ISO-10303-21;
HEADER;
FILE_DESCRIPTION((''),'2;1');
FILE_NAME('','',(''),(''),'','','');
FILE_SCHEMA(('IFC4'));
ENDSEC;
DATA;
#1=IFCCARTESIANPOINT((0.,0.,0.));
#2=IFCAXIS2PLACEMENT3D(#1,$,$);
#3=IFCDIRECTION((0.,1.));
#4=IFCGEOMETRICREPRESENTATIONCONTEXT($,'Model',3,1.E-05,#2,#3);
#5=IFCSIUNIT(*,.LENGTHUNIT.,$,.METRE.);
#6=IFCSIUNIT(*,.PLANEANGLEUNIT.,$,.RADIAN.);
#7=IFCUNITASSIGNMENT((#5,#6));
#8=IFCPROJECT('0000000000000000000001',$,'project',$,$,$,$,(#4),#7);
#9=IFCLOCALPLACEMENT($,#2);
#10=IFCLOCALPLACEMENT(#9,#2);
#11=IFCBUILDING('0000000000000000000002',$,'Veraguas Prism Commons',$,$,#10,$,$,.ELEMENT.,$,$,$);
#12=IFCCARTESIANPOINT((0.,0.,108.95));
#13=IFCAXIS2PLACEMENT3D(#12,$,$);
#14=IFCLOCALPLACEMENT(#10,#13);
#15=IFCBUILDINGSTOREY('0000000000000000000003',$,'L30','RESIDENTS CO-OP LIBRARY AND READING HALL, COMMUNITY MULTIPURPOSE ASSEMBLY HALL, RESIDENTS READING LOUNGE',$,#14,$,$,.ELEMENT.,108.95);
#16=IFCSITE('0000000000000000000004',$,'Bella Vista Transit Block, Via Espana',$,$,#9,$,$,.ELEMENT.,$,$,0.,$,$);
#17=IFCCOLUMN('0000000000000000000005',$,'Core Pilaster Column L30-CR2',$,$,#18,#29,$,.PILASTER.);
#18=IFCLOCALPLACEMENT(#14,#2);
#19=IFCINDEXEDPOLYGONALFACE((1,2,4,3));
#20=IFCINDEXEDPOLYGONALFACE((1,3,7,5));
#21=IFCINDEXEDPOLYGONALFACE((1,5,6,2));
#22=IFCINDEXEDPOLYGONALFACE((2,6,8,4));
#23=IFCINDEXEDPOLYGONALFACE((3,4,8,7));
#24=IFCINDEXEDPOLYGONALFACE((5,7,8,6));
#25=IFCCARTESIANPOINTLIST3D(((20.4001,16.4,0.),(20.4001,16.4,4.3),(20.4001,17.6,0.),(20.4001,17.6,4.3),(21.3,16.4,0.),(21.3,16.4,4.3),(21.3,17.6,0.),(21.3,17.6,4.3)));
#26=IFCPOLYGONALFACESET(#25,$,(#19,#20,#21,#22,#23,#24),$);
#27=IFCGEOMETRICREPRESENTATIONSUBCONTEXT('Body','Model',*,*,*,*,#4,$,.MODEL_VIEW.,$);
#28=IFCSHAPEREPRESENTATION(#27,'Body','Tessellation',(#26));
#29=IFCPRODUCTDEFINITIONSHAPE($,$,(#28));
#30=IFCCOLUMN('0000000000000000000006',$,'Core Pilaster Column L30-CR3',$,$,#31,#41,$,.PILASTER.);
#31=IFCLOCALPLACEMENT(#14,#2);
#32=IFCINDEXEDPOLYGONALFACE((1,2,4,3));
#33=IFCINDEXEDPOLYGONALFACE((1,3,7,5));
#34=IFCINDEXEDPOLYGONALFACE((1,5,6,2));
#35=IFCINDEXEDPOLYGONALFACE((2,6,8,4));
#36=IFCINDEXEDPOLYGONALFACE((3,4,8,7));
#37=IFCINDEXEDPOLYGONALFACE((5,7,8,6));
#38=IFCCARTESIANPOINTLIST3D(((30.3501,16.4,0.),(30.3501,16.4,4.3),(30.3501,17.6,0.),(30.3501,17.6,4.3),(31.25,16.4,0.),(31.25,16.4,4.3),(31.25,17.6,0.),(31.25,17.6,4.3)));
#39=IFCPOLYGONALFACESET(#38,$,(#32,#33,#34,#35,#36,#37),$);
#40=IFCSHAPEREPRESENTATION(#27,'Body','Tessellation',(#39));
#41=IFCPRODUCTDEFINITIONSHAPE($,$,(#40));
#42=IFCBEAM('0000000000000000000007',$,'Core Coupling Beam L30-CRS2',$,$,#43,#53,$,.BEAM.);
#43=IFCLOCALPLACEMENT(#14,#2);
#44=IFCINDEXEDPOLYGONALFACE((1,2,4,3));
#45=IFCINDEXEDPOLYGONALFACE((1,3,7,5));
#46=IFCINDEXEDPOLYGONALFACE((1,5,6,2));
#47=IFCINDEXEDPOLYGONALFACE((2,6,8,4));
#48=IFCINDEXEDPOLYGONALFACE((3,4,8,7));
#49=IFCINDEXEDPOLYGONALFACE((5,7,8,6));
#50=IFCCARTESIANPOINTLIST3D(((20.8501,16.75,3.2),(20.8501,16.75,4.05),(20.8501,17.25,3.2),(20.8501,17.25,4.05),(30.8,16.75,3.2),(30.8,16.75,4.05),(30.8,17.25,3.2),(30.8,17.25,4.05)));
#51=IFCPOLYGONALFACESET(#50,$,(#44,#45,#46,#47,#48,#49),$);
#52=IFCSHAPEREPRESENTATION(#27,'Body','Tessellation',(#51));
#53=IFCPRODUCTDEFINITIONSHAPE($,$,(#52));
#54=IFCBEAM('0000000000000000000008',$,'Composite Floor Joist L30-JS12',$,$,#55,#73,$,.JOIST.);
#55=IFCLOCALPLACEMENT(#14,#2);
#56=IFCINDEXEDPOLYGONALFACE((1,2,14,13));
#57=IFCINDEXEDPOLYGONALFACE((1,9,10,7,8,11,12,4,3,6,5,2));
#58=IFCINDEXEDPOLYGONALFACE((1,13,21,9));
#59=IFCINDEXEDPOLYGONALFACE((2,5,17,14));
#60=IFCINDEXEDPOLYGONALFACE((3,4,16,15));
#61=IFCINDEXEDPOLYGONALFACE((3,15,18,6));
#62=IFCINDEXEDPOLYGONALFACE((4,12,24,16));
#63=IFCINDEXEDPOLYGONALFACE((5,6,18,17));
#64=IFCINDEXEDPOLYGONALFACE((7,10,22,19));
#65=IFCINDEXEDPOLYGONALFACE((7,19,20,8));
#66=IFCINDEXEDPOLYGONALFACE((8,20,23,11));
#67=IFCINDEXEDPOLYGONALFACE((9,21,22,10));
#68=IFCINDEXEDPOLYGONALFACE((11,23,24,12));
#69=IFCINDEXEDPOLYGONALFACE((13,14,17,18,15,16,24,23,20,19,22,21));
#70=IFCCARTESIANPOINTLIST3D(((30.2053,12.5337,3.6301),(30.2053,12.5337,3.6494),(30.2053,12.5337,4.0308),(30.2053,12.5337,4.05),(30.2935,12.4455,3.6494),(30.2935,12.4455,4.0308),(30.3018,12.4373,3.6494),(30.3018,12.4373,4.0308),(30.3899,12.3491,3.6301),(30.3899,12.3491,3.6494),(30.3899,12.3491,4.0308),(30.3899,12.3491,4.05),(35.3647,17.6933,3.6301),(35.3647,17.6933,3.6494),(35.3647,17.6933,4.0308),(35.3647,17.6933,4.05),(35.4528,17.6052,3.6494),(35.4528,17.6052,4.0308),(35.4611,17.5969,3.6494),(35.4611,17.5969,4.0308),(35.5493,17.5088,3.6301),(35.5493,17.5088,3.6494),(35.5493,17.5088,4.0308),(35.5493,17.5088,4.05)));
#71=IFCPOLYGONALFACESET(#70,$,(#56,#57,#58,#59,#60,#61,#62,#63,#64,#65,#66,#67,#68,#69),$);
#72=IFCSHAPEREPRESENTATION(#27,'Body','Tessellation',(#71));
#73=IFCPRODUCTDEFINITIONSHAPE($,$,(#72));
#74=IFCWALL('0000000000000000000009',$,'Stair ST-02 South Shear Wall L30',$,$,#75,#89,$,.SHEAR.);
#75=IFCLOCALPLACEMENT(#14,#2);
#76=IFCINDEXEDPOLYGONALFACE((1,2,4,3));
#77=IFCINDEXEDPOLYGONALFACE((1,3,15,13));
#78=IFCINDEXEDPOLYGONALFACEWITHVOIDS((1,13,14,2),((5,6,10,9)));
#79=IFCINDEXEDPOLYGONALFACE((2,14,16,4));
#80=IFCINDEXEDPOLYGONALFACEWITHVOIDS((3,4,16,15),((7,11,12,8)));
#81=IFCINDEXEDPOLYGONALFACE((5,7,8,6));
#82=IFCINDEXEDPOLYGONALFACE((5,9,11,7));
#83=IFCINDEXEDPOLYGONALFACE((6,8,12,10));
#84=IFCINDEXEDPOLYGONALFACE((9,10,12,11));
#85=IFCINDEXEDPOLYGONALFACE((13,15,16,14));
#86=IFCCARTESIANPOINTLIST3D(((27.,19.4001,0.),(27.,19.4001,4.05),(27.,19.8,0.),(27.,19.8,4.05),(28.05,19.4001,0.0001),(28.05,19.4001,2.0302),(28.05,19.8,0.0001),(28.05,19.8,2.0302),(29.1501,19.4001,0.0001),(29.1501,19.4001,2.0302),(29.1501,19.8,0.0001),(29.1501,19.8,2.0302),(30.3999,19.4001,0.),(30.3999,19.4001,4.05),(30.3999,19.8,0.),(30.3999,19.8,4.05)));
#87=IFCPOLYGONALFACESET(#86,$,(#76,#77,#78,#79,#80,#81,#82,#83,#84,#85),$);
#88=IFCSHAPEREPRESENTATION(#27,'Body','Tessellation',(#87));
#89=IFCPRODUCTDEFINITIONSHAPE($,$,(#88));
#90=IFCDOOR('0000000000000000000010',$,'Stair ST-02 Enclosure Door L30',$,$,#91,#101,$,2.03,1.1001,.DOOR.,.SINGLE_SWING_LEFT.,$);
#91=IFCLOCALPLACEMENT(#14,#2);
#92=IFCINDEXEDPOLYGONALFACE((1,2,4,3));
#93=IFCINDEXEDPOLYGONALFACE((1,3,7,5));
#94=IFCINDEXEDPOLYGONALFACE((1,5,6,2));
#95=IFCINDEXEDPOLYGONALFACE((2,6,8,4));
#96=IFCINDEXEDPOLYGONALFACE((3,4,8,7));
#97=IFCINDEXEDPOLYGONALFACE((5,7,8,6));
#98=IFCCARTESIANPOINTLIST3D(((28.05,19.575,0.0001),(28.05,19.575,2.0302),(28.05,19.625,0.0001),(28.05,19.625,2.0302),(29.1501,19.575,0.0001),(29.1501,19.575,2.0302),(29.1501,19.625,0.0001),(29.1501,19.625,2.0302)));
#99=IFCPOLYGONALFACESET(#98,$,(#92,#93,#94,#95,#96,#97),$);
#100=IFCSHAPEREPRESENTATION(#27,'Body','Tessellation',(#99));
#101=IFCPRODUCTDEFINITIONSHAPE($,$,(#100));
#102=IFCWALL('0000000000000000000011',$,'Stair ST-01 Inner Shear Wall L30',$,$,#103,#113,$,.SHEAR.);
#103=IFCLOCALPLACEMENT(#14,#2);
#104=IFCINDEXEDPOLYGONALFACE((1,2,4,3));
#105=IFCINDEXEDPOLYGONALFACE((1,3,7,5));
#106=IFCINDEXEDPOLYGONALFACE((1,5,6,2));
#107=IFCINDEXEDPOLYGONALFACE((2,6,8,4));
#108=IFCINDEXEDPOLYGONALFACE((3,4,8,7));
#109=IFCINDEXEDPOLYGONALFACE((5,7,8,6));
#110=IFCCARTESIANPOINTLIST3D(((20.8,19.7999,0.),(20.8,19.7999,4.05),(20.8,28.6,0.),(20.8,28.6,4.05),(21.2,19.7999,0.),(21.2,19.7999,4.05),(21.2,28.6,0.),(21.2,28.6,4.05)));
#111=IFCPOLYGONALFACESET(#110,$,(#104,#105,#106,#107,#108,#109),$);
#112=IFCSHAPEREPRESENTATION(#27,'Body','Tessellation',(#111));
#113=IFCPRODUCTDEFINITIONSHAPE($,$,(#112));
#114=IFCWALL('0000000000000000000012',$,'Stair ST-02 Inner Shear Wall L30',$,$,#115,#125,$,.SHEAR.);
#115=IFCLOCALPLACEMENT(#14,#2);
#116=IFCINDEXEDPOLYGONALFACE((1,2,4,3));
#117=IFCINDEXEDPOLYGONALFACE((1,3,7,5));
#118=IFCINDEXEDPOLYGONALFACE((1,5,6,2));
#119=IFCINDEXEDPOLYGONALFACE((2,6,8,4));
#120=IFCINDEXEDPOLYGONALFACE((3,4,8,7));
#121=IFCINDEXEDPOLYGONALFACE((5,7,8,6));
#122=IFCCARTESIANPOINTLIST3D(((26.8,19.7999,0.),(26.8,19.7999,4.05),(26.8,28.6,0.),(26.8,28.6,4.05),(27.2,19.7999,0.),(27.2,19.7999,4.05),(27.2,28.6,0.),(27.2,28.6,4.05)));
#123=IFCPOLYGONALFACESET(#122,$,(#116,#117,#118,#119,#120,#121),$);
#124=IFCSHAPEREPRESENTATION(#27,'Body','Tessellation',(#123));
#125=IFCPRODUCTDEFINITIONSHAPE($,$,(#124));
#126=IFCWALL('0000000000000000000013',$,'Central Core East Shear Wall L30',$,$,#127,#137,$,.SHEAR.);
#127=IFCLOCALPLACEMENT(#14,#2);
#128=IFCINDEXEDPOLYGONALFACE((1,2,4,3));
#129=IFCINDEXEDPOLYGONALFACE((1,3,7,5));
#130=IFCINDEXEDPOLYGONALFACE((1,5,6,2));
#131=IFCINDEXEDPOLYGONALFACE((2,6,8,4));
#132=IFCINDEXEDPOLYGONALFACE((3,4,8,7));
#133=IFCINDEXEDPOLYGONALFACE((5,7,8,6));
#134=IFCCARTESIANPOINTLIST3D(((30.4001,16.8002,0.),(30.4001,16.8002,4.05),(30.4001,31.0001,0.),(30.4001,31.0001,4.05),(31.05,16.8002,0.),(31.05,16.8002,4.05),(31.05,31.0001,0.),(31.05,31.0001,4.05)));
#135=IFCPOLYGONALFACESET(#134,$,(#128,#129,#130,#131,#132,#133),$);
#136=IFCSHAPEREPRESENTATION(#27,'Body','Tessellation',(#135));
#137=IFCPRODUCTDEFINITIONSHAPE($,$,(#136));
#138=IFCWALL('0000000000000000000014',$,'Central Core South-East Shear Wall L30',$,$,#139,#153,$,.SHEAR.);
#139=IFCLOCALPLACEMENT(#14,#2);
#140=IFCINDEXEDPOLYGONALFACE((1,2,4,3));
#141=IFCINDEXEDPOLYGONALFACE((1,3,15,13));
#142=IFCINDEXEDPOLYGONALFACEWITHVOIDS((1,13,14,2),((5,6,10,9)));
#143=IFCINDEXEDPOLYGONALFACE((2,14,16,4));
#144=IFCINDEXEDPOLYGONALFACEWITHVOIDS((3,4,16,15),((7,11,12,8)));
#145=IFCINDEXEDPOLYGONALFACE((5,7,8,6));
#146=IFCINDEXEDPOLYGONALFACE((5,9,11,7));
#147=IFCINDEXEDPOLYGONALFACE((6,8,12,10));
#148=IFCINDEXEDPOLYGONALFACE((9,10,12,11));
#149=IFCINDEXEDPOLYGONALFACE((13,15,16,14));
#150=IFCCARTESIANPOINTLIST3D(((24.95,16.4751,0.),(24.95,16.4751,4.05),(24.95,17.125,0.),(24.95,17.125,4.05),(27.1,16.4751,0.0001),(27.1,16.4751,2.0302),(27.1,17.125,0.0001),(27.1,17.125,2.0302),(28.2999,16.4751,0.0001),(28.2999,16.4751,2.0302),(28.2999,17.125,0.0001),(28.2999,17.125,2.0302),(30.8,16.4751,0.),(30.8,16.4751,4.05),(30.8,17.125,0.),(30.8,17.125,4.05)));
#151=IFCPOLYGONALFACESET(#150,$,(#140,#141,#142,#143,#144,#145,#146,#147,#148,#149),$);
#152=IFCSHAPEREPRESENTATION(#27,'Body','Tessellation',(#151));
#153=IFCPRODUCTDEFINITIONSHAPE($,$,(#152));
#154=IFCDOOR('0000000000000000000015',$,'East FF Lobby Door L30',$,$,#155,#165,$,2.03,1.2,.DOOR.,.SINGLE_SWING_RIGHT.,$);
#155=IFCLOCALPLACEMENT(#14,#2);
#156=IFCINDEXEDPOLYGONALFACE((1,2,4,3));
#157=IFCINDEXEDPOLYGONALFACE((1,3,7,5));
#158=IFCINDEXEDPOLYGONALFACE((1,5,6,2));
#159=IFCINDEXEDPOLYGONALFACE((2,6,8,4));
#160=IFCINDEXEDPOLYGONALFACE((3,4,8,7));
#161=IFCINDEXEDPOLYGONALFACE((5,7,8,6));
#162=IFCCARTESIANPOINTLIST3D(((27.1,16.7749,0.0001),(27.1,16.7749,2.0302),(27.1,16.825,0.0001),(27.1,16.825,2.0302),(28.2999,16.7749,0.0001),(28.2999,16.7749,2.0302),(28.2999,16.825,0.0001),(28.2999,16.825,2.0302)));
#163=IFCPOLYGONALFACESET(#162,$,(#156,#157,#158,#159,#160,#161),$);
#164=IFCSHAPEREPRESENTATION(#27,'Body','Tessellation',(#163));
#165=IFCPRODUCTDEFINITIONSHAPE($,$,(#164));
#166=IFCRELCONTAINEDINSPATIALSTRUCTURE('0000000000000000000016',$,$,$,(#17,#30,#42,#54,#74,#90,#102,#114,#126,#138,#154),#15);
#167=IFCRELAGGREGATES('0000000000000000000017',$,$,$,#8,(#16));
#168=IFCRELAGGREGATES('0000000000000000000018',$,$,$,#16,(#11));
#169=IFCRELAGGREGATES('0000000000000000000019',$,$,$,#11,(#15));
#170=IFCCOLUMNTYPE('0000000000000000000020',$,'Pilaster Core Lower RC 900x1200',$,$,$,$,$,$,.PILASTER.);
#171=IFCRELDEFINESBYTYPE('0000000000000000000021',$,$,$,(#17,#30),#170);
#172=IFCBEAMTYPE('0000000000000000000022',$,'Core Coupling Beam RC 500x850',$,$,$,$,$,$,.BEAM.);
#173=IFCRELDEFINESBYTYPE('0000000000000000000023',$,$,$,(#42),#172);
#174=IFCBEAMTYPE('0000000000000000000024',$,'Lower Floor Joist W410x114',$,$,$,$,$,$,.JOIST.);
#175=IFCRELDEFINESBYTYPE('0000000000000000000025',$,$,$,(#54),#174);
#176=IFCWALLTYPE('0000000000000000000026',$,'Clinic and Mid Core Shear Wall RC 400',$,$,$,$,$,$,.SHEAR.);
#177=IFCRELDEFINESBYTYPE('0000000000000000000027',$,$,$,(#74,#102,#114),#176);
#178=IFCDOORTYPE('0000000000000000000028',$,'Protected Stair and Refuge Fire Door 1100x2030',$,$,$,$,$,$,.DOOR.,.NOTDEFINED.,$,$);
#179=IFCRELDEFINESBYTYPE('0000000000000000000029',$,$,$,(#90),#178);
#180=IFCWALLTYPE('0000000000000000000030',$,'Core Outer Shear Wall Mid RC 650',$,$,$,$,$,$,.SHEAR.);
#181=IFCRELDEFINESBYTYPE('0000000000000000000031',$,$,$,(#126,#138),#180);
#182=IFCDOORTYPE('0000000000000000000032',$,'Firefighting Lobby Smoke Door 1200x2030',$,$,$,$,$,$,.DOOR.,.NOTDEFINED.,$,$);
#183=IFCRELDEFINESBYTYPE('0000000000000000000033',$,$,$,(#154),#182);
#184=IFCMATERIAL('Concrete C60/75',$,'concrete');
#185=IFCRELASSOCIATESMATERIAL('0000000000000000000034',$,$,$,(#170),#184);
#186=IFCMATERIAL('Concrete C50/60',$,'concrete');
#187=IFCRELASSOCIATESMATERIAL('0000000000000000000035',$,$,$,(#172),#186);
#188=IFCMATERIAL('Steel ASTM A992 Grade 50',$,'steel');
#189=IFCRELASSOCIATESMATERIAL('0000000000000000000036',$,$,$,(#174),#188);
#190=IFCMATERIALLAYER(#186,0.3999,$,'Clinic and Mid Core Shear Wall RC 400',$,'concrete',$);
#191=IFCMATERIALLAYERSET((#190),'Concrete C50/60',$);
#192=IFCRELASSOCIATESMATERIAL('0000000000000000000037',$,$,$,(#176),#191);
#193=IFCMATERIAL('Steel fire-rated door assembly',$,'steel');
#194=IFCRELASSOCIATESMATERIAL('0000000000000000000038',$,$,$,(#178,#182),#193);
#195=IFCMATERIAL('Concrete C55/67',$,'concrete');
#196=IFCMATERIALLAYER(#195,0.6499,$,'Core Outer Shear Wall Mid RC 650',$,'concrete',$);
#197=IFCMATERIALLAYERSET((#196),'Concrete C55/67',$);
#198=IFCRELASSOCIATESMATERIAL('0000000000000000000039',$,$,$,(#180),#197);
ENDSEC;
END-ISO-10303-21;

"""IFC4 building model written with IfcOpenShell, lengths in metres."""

from ifc_helpers import new_model, si_unit, direction, frame, frame_2d, origin, origin_2d, place, context, subcontext, project, spatial, rectangle, i_section, extrude, source, transform, mapped, material, layer, layer_set, material_profile, profile_set, type_object, element, fill, save


model = new_model("IFC4")

# Units and contexts
model_context = context("Model", 3, precision=1e-05, world=origin(), true_north=direction((0.0, 1.0)))
body_context = subcontext(model_context, "Body", "Model", "MODEL_VIEW")
ifc_project = project(units=[si_unit("LENGTHUNIT", "METRE"), si_unit("PLANEANGLEUNIT", "RADIAN")], contexts=[model_context])

# Site, building, storey
site_placement = place(None, origin())
site = spatial("IfcSite", under=ifc_project, at=site_placement, Name="Bella Vista Transit Block, Via Espana", CompositionType="ELEMENT", RefElevation=0.0)
building_placement = place(site_placement, origin())
building = spatial("IfcBuilding", under=site, at=building_placement, Name="Veraguas Prism Commons", CompositionType="ELEMENT")
storey_placement = place(building_placement, frame((0.0, 0.0, 108.95)))
storey = spatial("IfcBuildingStorey", under=building, at=storey_placement, Name="L30", Description="RESIDENTS CO-OP LIBRARY AND READING HALL, COMMUNITY MULTIPURPOSE ASSEMBLY HALL, RESIDENTS READING LOUNGE", CompositionType="ELEMENT", Elevation=108.95)

# Columns
ifc_material_1 = material(Name="Concrete C60/75", Category="concrete")
ifc_material_profile_1 = material_profile(ifc_material_1, rectangle(XDim=0.8999, YDim=1.2, at=origin_2d()), Name="RC900X1200")
ifc_profile_set_1 = profile_set([ifc_material_profile_1], Name="Concrete C60/75")
column_type = type_object("IfcColumnType", Name="Pilaster Core Lower RC 900x1200", PredefinedType="PILASTER", material=ifc_profile_set_1)
for number, where, z_axis, x_axis, name in (
    (1, (20.8501, 17.0, 0.0), (0.0, 0.0, 1.0), (1.0, 0.0, 0.0), "Core Pilaster Column L30-CR2"),
    (2, (30.8, 17.0, 0.0), (0.0, 0.0, 1.0), (1.0, 0.0, 0.0), "Core Pilaster Column L30-CR3"),
):
    element("IfcColumn", number, at=place(storey_placement, frame(where, z_axis=z_axis, x_axis=x_axis)), inside=storey, type_object=column_type, Name=name, PredefinedType="PILASTER", context=body_context, shape_type="SweptSolid", body=[
        extrude(rectangle(XDim=0.8999, YDim=1.2, at=origin_2d()), origin(), (0.0, 0.0, 1.0), 4.3),
    ])

# Beams
ifc_material_2 = material(Name="Concrete C50/60", Category="concrete")
ifc_material_profile_2 = material_profile(ifc_material_2, rectangle(XDim=0.5, YDim=0.8501, at=origin_2d()), Name="RC500X850")
ifc_profile_set_2 = profile_set([ifc_material_profile_2], Name="Concrete C50/60")
beam_type_1 = type_object("IfcBeamType", Name="Core Coupling Beam RC 500x850", PredefinedType="BEAM", material=ifc_profile_set_2)
beam_1_placement = place(storey_placement, frame((20.8501, 17.0, 3.625), z_axis=(1.0, 0.0, 0.0), x_axis=(0.0, 1.0, 0.0)))
element("IfcBeam", 3, at=beam_1_placement, inside=storey, type_object=beam_type_1, Name="Core Coupling Beam L30-CRS2", PredefinedType="BEAM", context=body_context, shape_type="SweptSolid", body=[
    extrude(rectangle(XDim=0.5, YDim=0.8501, at=origin_2d()), origin(), (0.0, 0.0, 1.0), 9.95),
])
ifc_material_3 = material(Name="Steel ASTM A992 Grade 50", Category="steel")
ifc_material_profile_3 = material_profile(ifc_material_3, i_section(OverallWidth=0.261, OverallDepth=0.4199, WebThickness=0.0117, FlangeThickness=0.0193, at=origin_2d()), Name="W410X114")
ifc_profile_set_3 = profile_set([ifc_material_profile_3], Name="Steel ASTM A992 Grade 50")
beam_type_2 = type_object("IfcBeamType", Name="Lower Floor Joist W410x114", PredefinedType="JOIST", material=ifc_profile_set_3)
beam_2_placement = place(storey_placement, frame((30.2976, 12.4414, 3.8401), z_axis=(0.70709, 0.707124, 0.0), x_axis=(-0.707124, 0.70709, 0.0)))
element("IfcBeam", 4, at=beam_2_placement, inside=storey, type_object=beam_type_2, Name="Composite Floor Joist L30-JS12", PredefinedType="JOIST", context=body_context, shape_type="SweptSolid", body=[
    extrude(i_section(OverallWidth=0.261, OverallDepth=0.4199, WebThickness=0.0117, FlangeThickness=0.0193, at=origin_2d()), origin(), (0.0, 0.0, 1.0), 7.2966),
])

# Wall, opening, door
ifc_layer_1 = layer(ifc_material_2, 0.3999, Name="Clinic and Mid Core Shear Wall RC 400", Category="concrete")
ifc_layer_set_1 = layer_set([ifc_layer_1], Name="Concrete C50/60")
wall_type_1 = type_object("IfcWallType", Name="Clinic and Mid Core Shear Wall RC 400", PredefinedType="SHEAR", material=ifc_layer_set_1)
wall_1_placement = place(storey_placement, frame((27.0, 19.6001, 0.0), z_axis=(0.0, 0.0, 1.0), x_axis=(1.0, 0.0, 0.0)))
wall_1 = element("IfcWall", 5, at=wall_1_placement, inside=storey, type_object=wall_type_1, Name="Stair ST-02 South Shear Wall L30", PredefinedType="SHEAR", context=body_context, shape_type="SweptSolid", body=[
    extrude(rectangle(XDim=3.3999, YDim=0.3999, at=frame_2d((1.7, 0.0))), origin(), (0.0, 0.0, 1.0), 4.05),
])
opening_1_placement = place(wall_1_placement, frame((1.05, 0.0, 0.0)))
opening_1 = element("IfcOpeningElement", 6, at=opening_1_placement, cuts=wall_1, PredefinedType="OPENING", context=body_context, shape_type="SweptSolid", body=[
    extrude(rectangle(XDim=1.1001, YDim=2.03, at=frame_2d((0.55, 1.0151))), frame((0.0, 0.21, 0.0), z_axis=(0.0, -1.0, 0.0), x_axis=(1.0, 0.0, 0.0)), (0.0, 0.0, 1.0), 0.4199),
])
ifc_material_4 = material(Name="Steel fire-rated door assembly", Category="steel")
door_type_1 = type_object("IfcDoorType", Name="Protected Stair and Refuge Fire Door 1100x2030", OperationType="NOTDEFINED", PredefinedType="DOOR", material=ifc_material_4)
shared_shape_1 = source(origin(), body_context, "Body", "SweptSolid", [
    extrude(rectangle(XDim=1.1001, YDim=2.03, at=frame_2d((0.55, 1.0151))), frame((0.0, 0.0249, 0.0), z_axis=(0.0, -1.0, 0.0), x_axis=(1.0, 0.0, 0.0)), (0.0, 0.0, 1.0), 0.05),
])
door_1_placement = place(opening_1_placement, origin())
door_1 = element("IfcDoor", 7, at=door_1_placement, inside=storey, type_object=door_type_1, Name="Stair ST-02 Enclosure Door L30", OperationType="SINGLE_SWING_LEFT", OverallHeight=2.03, OverallWidth=1.1001, PredefinedType="DOOR", context=body_context, shape_type="MappedRepresentation", body=[
    mapped(shared_shape_1, transform((0.0, 0.0, 0.0), scale=1.0)),
])
fill(opening_1, door_1)

# Walls
for number, where, z_axis, x_axis, name in (
    (8, (21.0, 19.8, 0.0), (0.0, 0.0, 1.0), (0.0, 1.0, 0.0), "Stair ST-01 Inner Shear Wall L30"),
    (9, (27.0, 19.8, 0.0), (0.0, 0.0, 1.0), (0.0, 1.0, 0.0), "Stair ST-02 Inner Shear Wall L30"),
):
    element("IfcWall", number, at=place(storey_placement, frame(where, z_axis=z_axis, x_axis=x_axis)), inside=storey, type_object=wall_type_1, Name=name, PredefinedType="SHEAR", context=body_context, shape_type="SweptSolid", body=[
        extrude(rectangle(XDim=8.8, YDim=0.3999, at=frame_2d((4.3999, 0.0))), origin(), (0.0, 0.0, 1.0), 4.05),
    ])
ifc_material_5 = material(Name="Concrete C55/67", Category="concrete")
ifc_layer_2 = layer(ifc_material_5, 0.6499, Name="Core Outer Shear Wall Mid RC 650", Category="concrete")
ifc_layer_set_2 = layer_set([ifc_layer_2], Name="Concrete C55/67")
wall_type_2 = type_object("IfcWallType", Name="Core Outer Shear Wall Mid RC 650", PredefinedType="SHEAR", material=ifc_layer_set_2)
wall_2_placement = place(storey_placement, frame((30.7251, 16.8, 0.0), z_axis=(0.0, 0.0, 1.0), x_axis=(0.0, 1.0, 0.0)))
element("IfcWall", 10, at=wall_2_placement, inside=storey, type_object=wall_type_2, Name="Central Core East Shear Wall L30", PredefinedType="SHEAR", context=body_context, shape_type="SweptSolid", body=[
    extrude(rectangle(XDim=14.2, YDim=0.6499, at=frame_2d((7.1001, 0.0))), origin(), (0.0, 0.0, 1.0), 4.05),
])

# Wall, opening, door
wall_3_placement = place(storey_placement, frame((24.95, 16.8, 0.0), z_axis=(0.0, 0.0, 1.0), x_axis=(1.0, 0.0, 0.0)))
wall_3 = element("IfcWall", 11, at=wall_3_placement, inside=storey, type_object=wall_type_2, Name="Central Core South-East Shear Wall L30", PredefinedType="SHEAR", context=body_context, shape_type="SweptSolid", body=[
    extrude(rectangle(XDim=5.8501, YDim=0.6499, at=frame_2d((2.925, 0.0))), origin(), (0.0, 0.0, 1.0), 4.05),
])
opening_2_placement = place(wall_3_placement, frame((2.1499, 0.0, 0.0)))
opening_2 = element("IfcOpeningElement", 12, at=opening_2_placement, cuts=wall_3, PredefinedType="OPENING", context=body_context, shape_type="SweptSolid", body=[
    extrude(rectangle(XDim=1.2, YDim=2.03, at=frame_2d((0.6001, 1.0151))), frame((0.0, 0.335, 0.0), z_axis=(0.0, -1.0, 0.0), x_axis=(1.0, 0.0, 0.0)), (0.0, 0.0, 1.0), 0.6699),
])
door_type_2 = type_object("IfcDoorType", Name="Firefighting Lobby Smoke Door 1200x2030", OperationType="NOTDEFINED", PredefinedType="DOOR", material=ifc_material_4)
shared_shape_2 = source(origin(), body_context, "Body", "SweptSolid", [
    extrude(rectangle(XDim=1.2, YDim=2.03, at=frame_2d((0.6001, 1.0151))), frame((0.0, 0.0249, 0.0), z_axis=(0.0, -1.0, 0.0), x_axis=(1.0, 0.0, 0.0)), (0.0, 0.0, 1.0), 0.05),
])
door_2_placement = place(opening_2_placement, origin())
door_2 = element("IfcDoor", 13, at=door_2_placement, inside=storey, type_object=door_type_2, Name="East FF Lobby Door L30", OperationType="SINGLE_SWING_RIGHT", OverallHeight=2.03, OverallWidth=1.2, PredefinedType="DOOR", context=body_context, shape_type="MappedRepresentation", body=[
    mapped(shared_shape_2, transform((0.0, 0.0, 0.0), scale=1.0)),
])
fill(opening_2, door_2)

save(model, "model.ifc")
